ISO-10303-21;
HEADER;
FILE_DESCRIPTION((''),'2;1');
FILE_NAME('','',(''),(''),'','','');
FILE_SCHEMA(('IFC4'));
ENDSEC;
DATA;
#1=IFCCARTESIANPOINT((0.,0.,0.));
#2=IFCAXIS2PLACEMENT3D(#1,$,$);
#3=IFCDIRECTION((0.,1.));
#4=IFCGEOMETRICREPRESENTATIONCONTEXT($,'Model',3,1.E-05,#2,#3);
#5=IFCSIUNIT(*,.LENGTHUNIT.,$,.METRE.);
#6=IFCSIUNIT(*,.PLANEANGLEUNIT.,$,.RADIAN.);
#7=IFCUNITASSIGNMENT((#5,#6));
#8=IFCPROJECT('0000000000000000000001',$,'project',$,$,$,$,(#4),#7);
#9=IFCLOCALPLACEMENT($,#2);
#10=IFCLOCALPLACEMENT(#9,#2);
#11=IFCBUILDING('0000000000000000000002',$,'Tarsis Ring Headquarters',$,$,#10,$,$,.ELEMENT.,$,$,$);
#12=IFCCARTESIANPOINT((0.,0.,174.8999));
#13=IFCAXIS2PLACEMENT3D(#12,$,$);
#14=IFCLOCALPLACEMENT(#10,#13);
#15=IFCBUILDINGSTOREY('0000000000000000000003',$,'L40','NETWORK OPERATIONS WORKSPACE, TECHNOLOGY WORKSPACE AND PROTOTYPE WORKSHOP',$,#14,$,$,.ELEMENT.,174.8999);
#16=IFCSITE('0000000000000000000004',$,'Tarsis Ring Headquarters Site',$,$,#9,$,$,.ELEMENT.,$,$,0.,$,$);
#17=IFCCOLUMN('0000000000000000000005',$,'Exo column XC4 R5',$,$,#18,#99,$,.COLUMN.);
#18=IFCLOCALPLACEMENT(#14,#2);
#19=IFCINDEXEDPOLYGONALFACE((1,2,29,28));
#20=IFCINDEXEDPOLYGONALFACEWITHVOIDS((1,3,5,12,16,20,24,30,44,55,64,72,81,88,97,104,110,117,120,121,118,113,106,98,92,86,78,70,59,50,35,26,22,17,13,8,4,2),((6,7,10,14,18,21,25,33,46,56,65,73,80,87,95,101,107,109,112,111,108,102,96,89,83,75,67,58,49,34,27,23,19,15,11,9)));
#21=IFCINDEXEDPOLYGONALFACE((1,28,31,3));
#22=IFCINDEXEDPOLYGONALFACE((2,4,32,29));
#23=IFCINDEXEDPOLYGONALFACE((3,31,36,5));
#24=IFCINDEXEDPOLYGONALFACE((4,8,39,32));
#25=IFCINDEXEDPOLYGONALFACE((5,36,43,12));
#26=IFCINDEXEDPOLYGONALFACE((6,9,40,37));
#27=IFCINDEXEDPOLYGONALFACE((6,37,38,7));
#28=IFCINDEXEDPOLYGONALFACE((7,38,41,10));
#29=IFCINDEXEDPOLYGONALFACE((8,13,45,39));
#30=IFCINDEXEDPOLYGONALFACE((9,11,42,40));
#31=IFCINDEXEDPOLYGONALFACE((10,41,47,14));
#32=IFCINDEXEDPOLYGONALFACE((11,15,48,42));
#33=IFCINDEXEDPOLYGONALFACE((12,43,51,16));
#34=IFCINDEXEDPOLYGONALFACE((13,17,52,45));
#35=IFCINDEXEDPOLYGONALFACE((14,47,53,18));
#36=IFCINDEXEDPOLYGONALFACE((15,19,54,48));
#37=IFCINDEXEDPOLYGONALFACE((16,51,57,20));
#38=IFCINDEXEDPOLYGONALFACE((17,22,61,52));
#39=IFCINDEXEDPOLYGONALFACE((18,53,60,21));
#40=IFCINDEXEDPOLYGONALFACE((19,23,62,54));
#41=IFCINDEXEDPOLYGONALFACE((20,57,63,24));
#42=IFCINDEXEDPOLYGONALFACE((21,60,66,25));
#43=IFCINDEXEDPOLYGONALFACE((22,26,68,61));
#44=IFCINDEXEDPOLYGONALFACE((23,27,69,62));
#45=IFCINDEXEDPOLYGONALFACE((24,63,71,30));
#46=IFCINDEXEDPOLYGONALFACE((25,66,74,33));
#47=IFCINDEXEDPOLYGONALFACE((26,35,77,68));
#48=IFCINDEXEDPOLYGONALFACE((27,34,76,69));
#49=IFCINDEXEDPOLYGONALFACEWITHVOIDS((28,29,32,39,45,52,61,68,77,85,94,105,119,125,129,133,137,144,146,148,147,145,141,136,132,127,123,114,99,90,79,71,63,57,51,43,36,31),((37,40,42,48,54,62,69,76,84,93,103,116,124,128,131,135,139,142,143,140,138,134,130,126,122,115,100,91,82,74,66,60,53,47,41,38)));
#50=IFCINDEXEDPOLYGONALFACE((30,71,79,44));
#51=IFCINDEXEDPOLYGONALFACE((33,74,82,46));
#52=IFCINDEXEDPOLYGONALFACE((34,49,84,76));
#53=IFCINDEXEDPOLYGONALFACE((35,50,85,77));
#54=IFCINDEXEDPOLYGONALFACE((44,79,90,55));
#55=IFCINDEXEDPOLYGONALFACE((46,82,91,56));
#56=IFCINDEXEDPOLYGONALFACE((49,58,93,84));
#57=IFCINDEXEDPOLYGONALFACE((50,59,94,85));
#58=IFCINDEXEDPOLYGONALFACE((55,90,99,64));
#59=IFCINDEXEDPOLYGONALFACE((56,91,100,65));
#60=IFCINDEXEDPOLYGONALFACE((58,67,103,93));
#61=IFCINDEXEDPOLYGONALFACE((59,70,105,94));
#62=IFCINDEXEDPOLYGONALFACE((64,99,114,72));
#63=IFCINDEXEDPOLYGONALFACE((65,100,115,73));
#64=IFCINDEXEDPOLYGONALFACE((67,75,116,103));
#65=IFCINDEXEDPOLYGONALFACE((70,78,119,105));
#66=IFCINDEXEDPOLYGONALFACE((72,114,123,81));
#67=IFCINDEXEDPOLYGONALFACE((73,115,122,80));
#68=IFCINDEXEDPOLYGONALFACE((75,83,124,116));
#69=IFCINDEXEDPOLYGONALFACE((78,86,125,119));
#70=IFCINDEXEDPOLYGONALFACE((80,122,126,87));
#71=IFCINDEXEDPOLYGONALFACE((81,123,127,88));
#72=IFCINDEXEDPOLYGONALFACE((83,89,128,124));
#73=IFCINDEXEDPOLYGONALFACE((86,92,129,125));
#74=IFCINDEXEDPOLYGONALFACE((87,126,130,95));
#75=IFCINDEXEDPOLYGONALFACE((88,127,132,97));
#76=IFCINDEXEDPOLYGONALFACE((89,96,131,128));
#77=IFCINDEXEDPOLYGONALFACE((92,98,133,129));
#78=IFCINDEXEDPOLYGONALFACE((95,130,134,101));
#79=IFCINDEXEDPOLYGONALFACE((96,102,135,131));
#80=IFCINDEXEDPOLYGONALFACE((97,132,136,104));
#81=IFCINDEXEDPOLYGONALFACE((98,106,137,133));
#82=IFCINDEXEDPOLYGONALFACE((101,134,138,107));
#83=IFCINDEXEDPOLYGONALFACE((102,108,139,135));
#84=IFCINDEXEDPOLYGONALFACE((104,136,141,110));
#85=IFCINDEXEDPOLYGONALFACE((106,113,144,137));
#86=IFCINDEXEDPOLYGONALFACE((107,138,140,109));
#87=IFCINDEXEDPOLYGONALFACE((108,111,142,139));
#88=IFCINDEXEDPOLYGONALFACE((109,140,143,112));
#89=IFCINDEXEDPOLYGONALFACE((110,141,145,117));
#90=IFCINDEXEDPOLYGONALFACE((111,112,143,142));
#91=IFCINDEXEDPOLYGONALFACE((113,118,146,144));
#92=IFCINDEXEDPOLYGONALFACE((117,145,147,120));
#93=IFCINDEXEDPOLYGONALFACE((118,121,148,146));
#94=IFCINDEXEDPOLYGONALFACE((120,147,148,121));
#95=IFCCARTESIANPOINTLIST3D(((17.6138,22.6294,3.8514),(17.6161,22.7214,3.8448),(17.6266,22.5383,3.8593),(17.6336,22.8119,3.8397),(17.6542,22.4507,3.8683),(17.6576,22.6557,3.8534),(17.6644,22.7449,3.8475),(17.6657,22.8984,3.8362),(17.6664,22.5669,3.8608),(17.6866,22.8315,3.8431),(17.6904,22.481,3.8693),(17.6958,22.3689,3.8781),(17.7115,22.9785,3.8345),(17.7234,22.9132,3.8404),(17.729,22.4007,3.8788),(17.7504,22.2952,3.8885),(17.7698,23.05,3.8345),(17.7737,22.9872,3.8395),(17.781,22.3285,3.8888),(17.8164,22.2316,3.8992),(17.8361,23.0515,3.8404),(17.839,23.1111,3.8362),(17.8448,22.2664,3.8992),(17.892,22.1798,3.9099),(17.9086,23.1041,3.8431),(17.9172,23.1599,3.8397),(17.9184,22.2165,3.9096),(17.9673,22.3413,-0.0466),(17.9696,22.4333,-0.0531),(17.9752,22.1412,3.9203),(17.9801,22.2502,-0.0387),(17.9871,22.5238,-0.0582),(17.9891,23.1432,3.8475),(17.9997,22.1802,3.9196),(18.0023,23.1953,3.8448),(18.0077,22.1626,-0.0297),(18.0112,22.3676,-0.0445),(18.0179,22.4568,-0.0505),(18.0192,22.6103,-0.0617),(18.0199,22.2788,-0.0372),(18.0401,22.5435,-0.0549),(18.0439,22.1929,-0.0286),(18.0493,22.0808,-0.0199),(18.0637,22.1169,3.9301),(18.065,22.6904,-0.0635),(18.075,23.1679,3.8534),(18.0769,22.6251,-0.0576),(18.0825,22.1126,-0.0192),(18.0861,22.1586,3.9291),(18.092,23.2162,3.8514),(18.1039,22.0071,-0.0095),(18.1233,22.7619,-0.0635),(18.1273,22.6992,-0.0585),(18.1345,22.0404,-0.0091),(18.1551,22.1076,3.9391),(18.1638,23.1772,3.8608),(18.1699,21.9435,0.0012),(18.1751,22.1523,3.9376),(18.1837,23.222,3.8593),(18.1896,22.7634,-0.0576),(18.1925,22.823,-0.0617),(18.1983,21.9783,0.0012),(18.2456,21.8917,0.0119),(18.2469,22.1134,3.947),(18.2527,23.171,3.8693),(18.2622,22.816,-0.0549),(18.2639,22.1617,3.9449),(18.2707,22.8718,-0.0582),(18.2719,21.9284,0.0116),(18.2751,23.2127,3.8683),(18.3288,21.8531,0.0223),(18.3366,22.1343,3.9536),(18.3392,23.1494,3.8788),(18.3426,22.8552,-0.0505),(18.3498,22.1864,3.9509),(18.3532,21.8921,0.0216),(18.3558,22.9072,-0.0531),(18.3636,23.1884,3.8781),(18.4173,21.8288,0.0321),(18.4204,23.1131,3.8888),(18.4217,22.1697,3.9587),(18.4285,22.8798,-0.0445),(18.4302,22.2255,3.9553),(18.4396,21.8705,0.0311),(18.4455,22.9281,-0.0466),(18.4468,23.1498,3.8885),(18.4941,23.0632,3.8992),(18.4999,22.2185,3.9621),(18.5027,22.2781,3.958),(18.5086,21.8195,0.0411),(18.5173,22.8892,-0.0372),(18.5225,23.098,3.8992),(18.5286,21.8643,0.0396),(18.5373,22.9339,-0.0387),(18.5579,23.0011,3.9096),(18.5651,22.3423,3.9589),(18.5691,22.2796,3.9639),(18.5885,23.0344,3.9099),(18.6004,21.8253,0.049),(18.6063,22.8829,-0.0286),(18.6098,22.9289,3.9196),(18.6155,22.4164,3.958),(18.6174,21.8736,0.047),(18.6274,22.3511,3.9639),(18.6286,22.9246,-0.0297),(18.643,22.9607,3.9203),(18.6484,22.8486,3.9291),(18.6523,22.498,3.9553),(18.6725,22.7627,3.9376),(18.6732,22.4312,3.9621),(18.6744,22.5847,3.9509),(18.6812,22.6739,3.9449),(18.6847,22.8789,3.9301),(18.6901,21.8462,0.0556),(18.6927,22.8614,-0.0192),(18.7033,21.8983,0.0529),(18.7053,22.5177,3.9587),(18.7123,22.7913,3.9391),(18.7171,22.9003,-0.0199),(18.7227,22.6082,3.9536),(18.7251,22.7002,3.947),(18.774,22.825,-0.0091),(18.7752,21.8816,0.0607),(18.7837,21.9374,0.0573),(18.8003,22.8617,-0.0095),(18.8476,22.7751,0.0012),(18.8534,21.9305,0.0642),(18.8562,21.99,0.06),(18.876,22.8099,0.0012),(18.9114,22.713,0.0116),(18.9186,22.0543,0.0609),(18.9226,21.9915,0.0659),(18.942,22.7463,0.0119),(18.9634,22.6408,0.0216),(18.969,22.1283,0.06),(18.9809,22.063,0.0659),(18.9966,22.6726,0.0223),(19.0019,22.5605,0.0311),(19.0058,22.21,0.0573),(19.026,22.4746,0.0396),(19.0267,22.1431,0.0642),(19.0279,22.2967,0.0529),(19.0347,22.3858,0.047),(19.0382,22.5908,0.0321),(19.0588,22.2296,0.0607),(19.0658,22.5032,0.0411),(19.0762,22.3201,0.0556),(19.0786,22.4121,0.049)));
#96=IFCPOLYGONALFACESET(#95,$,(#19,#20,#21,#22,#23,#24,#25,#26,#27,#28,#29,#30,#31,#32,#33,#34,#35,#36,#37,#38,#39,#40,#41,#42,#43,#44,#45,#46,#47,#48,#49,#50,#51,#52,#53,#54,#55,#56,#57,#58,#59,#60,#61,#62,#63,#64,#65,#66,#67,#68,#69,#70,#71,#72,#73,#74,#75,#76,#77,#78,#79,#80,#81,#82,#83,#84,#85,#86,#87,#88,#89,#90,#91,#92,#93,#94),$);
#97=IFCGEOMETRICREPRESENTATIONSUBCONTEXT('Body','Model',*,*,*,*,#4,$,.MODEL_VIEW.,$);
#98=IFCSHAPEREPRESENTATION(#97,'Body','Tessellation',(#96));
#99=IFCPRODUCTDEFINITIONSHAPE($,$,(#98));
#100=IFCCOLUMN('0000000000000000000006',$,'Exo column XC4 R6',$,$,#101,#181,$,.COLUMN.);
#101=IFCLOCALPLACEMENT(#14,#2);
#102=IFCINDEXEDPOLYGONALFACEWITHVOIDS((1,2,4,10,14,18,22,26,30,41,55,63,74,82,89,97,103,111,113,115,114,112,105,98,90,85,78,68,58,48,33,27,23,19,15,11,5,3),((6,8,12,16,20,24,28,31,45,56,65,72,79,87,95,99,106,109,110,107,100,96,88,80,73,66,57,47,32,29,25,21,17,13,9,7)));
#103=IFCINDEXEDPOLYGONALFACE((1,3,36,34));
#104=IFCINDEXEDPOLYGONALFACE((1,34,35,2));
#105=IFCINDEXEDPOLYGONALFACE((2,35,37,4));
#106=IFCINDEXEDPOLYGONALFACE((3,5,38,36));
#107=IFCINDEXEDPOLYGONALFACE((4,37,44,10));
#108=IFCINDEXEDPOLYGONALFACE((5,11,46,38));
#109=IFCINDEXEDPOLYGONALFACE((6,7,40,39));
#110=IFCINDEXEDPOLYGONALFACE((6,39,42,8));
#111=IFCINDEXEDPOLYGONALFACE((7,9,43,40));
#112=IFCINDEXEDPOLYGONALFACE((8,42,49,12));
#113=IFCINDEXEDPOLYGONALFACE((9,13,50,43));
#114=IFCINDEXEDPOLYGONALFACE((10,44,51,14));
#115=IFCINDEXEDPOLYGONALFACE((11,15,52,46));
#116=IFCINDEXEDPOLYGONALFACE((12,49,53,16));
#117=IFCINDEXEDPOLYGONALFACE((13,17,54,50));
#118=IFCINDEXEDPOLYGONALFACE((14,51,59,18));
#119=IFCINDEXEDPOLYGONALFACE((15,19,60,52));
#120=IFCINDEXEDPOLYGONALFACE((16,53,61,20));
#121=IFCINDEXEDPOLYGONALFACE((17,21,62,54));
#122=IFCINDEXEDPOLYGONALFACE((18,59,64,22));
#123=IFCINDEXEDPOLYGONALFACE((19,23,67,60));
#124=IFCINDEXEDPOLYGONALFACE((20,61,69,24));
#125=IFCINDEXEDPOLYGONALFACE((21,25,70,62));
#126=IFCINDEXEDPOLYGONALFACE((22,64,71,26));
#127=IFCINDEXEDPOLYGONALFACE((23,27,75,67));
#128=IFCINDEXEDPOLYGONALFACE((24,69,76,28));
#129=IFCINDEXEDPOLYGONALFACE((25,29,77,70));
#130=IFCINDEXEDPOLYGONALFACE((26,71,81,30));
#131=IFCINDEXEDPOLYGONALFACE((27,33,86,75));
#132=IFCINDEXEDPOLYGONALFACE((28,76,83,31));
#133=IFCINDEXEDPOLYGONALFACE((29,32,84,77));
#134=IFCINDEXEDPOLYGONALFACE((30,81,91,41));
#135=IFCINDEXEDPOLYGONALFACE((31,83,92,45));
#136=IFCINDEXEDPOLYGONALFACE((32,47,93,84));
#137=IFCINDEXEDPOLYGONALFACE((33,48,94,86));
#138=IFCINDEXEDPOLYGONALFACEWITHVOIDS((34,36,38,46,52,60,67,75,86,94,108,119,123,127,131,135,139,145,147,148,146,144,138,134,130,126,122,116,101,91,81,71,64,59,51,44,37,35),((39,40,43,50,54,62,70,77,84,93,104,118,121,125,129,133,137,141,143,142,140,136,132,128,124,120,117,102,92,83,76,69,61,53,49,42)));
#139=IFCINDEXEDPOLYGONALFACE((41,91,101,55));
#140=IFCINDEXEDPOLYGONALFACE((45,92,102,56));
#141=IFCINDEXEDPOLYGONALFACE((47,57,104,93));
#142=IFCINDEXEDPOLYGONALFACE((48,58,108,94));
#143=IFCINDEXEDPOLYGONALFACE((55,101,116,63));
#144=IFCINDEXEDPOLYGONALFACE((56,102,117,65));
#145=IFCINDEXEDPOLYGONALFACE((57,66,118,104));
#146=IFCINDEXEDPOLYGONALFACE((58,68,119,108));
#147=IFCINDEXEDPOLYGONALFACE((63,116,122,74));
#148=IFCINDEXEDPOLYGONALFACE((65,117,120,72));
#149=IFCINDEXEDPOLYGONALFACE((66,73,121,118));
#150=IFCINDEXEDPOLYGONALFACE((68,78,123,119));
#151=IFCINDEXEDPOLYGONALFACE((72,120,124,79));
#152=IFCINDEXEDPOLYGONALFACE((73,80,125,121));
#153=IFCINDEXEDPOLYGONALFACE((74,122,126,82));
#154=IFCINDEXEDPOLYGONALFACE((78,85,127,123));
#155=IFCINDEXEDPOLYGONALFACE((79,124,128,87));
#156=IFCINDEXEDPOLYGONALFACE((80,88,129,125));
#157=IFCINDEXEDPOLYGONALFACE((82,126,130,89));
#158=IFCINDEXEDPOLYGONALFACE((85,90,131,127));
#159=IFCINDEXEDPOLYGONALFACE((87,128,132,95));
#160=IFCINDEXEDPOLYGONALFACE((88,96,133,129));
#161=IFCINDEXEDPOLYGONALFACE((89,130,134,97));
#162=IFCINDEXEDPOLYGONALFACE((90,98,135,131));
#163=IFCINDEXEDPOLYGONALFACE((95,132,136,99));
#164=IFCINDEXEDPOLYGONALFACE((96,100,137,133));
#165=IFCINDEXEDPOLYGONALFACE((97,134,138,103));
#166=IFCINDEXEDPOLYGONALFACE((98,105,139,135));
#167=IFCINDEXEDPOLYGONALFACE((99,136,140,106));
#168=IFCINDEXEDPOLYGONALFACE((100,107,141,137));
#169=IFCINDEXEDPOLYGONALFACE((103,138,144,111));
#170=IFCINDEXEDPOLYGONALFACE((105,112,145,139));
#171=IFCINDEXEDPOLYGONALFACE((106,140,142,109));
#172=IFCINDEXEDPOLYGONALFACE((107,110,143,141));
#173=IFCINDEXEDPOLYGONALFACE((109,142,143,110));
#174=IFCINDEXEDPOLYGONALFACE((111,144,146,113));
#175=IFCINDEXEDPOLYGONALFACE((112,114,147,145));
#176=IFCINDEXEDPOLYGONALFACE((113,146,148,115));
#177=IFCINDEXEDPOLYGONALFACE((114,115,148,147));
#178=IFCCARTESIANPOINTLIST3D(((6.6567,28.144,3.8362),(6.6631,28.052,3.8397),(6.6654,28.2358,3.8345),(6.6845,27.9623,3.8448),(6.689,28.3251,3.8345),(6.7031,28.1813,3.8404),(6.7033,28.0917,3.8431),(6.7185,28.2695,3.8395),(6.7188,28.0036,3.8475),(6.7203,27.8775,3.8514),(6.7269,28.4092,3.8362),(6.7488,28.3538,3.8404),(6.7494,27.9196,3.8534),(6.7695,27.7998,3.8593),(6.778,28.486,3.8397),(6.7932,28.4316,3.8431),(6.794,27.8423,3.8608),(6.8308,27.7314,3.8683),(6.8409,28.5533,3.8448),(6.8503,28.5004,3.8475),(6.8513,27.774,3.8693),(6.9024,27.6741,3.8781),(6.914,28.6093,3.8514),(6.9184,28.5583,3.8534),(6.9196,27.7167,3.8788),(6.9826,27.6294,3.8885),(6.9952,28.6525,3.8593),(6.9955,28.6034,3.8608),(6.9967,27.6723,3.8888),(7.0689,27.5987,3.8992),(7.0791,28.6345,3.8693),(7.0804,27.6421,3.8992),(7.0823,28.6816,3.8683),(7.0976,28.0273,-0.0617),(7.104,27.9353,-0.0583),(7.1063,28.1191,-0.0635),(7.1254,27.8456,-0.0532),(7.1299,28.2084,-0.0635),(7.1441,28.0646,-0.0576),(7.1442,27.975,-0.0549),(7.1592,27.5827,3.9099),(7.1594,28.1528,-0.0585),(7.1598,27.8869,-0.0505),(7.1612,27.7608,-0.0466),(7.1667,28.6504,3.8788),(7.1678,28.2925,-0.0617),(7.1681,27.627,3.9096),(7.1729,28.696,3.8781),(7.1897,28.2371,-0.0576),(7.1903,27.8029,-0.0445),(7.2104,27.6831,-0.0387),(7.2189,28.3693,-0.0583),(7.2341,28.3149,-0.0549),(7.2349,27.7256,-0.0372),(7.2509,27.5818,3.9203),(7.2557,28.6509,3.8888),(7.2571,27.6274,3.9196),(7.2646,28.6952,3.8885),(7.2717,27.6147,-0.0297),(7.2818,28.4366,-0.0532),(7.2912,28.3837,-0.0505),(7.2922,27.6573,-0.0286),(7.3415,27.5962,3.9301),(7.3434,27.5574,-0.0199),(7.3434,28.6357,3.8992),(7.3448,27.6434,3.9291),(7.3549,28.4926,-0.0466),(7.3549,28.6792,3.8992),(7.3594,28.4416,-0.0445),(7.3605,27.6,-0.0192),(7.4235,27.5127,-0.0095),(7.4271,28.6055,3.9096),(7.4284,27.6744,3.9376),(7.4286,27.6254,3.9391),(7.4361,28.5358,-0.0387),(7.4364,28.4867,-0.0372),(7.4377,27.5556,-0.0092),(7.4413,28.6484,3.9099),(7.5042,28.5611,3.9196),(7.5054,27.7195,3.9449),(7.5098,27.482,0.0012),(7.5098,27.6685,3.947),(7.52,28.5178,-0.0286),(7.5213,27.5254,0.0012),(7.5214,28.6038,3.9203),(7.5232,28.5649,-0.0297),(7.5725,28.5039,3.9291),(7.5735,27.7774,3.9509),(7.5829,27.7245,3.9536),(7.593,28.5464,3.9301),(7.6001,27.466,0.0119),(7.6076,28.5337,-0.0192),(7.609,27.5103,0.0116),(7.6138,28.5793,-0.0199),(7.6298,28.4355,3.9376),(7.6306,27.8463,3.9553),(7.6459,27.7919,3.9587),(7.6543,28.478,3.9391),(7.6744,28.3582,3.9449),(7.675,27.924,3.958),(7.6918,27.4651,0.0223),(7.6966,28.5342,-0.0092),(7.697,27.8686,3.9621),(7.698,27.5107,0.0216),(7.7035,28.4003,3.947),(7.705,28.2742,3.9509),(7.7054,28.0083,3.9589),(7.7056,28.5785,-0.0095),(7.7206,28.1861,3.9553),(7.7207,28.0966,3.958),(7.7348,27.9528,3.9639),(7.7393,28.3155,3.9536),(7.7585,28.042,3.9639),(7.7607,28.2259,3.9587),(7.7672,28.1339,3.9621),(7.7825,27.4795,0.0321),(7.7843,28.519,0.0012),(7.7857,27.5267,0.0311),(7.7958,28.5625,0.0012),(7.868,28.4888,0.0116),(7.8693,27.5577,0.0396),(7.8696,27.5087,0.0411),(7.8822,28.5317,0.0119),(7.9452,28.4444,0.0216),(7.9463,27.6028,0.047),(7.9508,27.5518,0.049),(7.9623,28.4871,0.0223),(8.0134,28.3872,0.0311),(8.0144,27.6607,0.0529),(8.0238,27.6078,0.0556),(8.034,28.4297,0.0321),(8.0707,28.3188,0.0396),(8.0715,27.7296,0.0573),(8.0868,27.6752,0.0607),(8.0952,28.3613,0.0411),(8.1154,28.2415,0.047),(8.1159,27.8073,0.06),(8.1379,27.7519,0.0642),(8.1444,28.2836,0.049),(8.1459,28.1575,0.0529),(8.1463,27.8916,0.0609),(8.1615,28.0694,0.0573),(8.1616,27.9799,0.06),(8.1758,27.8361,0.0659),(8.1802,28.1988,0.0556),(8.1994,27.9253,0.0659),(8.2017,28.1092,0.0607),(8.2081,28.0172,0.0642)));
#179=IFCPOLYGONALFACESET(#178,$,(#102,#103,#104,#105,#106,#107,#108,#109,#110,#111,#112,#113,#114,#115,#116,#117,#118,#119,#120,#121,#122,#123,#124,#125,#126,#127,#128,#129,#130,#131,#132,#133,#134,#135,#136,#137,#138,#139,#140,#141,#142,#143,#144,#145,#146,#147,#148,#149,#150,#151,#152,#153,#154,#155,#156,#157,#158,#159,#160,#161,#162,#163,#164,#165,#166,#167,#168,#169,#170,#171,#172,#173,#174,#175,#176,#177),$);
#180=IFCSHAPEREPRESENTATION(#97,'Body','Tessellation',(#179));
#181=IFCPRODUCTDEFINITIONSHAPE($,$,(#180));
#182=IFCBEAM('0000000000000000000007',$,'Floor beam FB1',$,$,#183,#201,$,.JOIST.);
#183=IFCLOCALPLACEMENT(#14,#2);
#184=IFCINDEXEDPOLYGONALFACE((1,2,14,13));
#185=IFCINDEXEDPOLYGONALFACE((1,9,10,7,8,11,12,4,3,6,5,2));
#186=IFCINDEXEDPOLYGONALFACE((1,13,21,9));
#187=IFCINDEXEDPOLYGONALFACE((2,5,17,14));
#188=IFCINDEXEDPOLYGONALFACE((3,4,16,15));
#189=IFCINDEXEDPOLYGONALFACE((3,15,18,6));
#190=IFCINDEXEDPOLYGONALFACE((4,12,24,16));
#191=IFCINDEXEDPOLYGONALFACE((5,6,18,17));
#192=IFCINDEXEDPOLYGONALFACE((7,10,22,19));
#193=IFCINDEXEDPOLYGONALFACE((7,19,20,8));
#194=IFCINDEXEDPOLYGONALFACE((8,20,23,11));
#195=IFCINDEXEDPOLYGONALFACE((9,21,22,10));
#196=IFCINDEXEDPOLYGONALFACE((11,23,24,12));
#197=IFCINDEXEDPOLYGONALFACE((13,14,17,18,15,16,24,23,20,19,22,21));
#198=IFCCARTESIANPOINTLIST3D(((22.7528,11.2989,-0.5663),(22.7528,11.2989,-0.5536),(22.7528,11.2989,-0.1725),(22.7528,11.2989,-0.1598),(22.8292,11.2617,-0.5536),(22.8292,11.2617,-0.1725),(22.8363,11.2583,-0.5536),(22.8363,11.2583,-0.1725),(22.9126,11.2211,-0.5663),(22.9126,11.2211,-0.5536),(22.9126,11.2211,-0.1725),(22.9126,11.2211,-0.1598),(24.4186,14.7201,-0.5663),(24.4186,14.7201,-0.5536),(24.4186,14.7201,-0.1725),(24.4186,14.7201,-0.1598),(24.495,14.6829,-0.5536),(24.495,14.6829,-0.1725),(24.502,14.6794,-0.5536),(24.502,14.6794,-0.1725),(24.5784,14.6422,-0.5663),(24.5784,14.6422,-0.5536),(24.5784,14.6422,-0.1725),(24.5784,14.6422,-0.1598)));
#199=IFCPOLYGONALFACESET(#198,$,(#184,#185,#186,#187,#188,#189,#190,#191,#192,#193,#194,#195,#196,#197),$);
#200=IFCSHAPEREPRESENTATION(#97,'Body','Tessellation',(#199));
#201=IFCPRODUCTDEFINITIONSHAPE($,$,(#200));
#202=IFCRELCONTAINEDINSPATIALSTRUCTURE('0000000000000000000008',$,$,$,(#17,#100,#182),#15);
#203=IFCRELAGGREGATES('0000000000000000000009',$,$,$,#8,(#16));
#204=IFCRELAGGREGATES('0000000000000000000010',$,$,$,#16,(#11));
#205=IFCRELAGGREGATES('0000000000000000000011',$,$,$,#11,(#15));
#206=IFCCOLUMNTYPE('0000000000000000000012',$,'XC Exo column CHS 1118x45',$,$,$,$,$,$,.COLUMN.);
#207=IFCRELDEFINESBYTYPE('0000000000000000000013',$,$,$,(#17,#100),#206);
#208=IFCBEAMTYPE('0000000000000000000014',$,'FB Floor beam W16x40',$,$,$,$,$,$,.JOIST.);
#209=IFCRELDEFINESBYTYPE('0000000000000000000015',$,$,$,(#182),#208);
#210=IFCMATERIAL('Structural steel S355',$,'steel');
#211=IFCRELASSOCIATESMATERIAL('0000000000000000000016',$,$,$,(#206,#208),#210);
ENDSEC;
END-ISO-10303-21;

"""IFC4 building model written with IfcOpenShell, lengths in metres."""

from ifc_helpers import new_model, si_unit, direction, frame, origin, origin_2d, place, context, subcontext, project, spatial, hollow_circle, i_section, extrude, material, material_profile, profile_set, type_object, element, save


model = new_model("IFC4")

# Units and contexts
model_context = context("Model", 3, precision=1e-05, world=origin(), true_north=direction((0.0, 1.0)))
body_context = subcontext(model_context, "Body", "Model", "MODEL_VIEW")
ifc_project = project(units=[si_unit("LENGTHUNIT", "METRE"), si_unit("PLANEANGLEUNIT", "RADIAN")], contexts=[model_context])

# Site, building, storey
site_placement = place(None, origin())
site = spatial("IfcSite", under=ifc_project, at=site_placement, Name="Tarsis Ring Headquarters Site", CompositionType="ELEMENT", RefElevation=0.0)
building_placement = place(site_placement, origin())
building = spatial("IfcBuilding", under=site, at=building_placement, Name="Tarsis Ring Headquarters", CompositionType="ELEMENT")
storey_placement = place(building_placement, frame((0.0, 0.0, 174.8999)))
storey = spatial("IfcBuildingStorey", under=building, at=storey_placement, Name="L40", Description="NETWORK OPERATIONS WORKSPACE, TECHNOLOGY WORKSPACE AND PROTOTYPE WORKSHOP", CompositionType="ELEMENT", Elevation=174.8999)

# Columns
ifc_material_1 = material(Name="Structural steel S355", Category="steel")
ifc_material_profile_1 = material_profile(ifc_material_1, hollow_circle(Radius=0.5588, WallThickness=0.0449, at=origin_2d()), Name="CHS 1118x45")
ifc_profile_set_1 = profile_set([ifc_material_profile_1], Name="Structural steel S355")
column_type = type_object("IfcColumnType", Name="XC Exo column CHS 1118x45", PredefinedType="COLUMN", material=ifc_profile_set_1)
for number, where, z_axis, x_axis, name in (
    (1, (18.5229, 22.3767, 0.0012), (-0.090078, 0.073406, 0.993226), (-0.631721, -0.775196, 0.0), "Exo column XC4 R5"),
    (2, (7.6528, 28.0222, 0.0012), (-0.112349, 0.029736, 0.993224), (-0.255863, -0.966713, 0.0), "Exo column XC4 R6"),
):
    element("IfcColumn", number, at=place(storey_placement, frame(where, z_axis=z_axis, x_axis=x_axis)), inside=storey, type_object=column_type, Name=name, PredefinedType="COLUMN", context=body_context, shape_type="SweptSolid", body=[
        extrude(hollow_circle(Radius=0.5588, WallThickness=0.0449, at=origin_2d()), origin(), (0.0, 0.0, 1.0), 3.9246),
    ])

# Beam
ifc_material_profile_2 = material_profile(ifc_material_1, i_section(OverallWidth=0.1777, OverallDepth=0.4065, WebThickness=0.0078, FlangeThickness=0.0127, at=origin_2d()), Name="W16x40")
ifc_profile_set_2 = profile_set([ifc_material_profile_2], Name="Structural steel S355")
beam_type_1 = type_object("IfcBeamType", Name="FB Floor beam W16x40", PredefinedType="JOIST", material=ifc_profile_set_2)
beam_1_placement = place(storey_placement, frame((24.4985, 14.6812, -0.363), z_axis=(-0.43777, -0.899087, 0.0), x_axis=(0.899087, -0.43777, 0.0)))
element("IfcBeam", 3, at=beam_1_placement, inside=storey, type_object=beam_type_1, Name="Floor beam FB1", PredefinedType="JOIST", context=body_context, shape_type="SweptSolid", body=[
    extrude(i_section(OverallWidth=0.1777, OverallDepth=0.4065, WebThickness=0.0078, FlangeThickness=0.0127, at=origin_2d()), origin(), (0.0, 0.0, 1.0), 3.8052),
])

save(model, "model.ifc")
